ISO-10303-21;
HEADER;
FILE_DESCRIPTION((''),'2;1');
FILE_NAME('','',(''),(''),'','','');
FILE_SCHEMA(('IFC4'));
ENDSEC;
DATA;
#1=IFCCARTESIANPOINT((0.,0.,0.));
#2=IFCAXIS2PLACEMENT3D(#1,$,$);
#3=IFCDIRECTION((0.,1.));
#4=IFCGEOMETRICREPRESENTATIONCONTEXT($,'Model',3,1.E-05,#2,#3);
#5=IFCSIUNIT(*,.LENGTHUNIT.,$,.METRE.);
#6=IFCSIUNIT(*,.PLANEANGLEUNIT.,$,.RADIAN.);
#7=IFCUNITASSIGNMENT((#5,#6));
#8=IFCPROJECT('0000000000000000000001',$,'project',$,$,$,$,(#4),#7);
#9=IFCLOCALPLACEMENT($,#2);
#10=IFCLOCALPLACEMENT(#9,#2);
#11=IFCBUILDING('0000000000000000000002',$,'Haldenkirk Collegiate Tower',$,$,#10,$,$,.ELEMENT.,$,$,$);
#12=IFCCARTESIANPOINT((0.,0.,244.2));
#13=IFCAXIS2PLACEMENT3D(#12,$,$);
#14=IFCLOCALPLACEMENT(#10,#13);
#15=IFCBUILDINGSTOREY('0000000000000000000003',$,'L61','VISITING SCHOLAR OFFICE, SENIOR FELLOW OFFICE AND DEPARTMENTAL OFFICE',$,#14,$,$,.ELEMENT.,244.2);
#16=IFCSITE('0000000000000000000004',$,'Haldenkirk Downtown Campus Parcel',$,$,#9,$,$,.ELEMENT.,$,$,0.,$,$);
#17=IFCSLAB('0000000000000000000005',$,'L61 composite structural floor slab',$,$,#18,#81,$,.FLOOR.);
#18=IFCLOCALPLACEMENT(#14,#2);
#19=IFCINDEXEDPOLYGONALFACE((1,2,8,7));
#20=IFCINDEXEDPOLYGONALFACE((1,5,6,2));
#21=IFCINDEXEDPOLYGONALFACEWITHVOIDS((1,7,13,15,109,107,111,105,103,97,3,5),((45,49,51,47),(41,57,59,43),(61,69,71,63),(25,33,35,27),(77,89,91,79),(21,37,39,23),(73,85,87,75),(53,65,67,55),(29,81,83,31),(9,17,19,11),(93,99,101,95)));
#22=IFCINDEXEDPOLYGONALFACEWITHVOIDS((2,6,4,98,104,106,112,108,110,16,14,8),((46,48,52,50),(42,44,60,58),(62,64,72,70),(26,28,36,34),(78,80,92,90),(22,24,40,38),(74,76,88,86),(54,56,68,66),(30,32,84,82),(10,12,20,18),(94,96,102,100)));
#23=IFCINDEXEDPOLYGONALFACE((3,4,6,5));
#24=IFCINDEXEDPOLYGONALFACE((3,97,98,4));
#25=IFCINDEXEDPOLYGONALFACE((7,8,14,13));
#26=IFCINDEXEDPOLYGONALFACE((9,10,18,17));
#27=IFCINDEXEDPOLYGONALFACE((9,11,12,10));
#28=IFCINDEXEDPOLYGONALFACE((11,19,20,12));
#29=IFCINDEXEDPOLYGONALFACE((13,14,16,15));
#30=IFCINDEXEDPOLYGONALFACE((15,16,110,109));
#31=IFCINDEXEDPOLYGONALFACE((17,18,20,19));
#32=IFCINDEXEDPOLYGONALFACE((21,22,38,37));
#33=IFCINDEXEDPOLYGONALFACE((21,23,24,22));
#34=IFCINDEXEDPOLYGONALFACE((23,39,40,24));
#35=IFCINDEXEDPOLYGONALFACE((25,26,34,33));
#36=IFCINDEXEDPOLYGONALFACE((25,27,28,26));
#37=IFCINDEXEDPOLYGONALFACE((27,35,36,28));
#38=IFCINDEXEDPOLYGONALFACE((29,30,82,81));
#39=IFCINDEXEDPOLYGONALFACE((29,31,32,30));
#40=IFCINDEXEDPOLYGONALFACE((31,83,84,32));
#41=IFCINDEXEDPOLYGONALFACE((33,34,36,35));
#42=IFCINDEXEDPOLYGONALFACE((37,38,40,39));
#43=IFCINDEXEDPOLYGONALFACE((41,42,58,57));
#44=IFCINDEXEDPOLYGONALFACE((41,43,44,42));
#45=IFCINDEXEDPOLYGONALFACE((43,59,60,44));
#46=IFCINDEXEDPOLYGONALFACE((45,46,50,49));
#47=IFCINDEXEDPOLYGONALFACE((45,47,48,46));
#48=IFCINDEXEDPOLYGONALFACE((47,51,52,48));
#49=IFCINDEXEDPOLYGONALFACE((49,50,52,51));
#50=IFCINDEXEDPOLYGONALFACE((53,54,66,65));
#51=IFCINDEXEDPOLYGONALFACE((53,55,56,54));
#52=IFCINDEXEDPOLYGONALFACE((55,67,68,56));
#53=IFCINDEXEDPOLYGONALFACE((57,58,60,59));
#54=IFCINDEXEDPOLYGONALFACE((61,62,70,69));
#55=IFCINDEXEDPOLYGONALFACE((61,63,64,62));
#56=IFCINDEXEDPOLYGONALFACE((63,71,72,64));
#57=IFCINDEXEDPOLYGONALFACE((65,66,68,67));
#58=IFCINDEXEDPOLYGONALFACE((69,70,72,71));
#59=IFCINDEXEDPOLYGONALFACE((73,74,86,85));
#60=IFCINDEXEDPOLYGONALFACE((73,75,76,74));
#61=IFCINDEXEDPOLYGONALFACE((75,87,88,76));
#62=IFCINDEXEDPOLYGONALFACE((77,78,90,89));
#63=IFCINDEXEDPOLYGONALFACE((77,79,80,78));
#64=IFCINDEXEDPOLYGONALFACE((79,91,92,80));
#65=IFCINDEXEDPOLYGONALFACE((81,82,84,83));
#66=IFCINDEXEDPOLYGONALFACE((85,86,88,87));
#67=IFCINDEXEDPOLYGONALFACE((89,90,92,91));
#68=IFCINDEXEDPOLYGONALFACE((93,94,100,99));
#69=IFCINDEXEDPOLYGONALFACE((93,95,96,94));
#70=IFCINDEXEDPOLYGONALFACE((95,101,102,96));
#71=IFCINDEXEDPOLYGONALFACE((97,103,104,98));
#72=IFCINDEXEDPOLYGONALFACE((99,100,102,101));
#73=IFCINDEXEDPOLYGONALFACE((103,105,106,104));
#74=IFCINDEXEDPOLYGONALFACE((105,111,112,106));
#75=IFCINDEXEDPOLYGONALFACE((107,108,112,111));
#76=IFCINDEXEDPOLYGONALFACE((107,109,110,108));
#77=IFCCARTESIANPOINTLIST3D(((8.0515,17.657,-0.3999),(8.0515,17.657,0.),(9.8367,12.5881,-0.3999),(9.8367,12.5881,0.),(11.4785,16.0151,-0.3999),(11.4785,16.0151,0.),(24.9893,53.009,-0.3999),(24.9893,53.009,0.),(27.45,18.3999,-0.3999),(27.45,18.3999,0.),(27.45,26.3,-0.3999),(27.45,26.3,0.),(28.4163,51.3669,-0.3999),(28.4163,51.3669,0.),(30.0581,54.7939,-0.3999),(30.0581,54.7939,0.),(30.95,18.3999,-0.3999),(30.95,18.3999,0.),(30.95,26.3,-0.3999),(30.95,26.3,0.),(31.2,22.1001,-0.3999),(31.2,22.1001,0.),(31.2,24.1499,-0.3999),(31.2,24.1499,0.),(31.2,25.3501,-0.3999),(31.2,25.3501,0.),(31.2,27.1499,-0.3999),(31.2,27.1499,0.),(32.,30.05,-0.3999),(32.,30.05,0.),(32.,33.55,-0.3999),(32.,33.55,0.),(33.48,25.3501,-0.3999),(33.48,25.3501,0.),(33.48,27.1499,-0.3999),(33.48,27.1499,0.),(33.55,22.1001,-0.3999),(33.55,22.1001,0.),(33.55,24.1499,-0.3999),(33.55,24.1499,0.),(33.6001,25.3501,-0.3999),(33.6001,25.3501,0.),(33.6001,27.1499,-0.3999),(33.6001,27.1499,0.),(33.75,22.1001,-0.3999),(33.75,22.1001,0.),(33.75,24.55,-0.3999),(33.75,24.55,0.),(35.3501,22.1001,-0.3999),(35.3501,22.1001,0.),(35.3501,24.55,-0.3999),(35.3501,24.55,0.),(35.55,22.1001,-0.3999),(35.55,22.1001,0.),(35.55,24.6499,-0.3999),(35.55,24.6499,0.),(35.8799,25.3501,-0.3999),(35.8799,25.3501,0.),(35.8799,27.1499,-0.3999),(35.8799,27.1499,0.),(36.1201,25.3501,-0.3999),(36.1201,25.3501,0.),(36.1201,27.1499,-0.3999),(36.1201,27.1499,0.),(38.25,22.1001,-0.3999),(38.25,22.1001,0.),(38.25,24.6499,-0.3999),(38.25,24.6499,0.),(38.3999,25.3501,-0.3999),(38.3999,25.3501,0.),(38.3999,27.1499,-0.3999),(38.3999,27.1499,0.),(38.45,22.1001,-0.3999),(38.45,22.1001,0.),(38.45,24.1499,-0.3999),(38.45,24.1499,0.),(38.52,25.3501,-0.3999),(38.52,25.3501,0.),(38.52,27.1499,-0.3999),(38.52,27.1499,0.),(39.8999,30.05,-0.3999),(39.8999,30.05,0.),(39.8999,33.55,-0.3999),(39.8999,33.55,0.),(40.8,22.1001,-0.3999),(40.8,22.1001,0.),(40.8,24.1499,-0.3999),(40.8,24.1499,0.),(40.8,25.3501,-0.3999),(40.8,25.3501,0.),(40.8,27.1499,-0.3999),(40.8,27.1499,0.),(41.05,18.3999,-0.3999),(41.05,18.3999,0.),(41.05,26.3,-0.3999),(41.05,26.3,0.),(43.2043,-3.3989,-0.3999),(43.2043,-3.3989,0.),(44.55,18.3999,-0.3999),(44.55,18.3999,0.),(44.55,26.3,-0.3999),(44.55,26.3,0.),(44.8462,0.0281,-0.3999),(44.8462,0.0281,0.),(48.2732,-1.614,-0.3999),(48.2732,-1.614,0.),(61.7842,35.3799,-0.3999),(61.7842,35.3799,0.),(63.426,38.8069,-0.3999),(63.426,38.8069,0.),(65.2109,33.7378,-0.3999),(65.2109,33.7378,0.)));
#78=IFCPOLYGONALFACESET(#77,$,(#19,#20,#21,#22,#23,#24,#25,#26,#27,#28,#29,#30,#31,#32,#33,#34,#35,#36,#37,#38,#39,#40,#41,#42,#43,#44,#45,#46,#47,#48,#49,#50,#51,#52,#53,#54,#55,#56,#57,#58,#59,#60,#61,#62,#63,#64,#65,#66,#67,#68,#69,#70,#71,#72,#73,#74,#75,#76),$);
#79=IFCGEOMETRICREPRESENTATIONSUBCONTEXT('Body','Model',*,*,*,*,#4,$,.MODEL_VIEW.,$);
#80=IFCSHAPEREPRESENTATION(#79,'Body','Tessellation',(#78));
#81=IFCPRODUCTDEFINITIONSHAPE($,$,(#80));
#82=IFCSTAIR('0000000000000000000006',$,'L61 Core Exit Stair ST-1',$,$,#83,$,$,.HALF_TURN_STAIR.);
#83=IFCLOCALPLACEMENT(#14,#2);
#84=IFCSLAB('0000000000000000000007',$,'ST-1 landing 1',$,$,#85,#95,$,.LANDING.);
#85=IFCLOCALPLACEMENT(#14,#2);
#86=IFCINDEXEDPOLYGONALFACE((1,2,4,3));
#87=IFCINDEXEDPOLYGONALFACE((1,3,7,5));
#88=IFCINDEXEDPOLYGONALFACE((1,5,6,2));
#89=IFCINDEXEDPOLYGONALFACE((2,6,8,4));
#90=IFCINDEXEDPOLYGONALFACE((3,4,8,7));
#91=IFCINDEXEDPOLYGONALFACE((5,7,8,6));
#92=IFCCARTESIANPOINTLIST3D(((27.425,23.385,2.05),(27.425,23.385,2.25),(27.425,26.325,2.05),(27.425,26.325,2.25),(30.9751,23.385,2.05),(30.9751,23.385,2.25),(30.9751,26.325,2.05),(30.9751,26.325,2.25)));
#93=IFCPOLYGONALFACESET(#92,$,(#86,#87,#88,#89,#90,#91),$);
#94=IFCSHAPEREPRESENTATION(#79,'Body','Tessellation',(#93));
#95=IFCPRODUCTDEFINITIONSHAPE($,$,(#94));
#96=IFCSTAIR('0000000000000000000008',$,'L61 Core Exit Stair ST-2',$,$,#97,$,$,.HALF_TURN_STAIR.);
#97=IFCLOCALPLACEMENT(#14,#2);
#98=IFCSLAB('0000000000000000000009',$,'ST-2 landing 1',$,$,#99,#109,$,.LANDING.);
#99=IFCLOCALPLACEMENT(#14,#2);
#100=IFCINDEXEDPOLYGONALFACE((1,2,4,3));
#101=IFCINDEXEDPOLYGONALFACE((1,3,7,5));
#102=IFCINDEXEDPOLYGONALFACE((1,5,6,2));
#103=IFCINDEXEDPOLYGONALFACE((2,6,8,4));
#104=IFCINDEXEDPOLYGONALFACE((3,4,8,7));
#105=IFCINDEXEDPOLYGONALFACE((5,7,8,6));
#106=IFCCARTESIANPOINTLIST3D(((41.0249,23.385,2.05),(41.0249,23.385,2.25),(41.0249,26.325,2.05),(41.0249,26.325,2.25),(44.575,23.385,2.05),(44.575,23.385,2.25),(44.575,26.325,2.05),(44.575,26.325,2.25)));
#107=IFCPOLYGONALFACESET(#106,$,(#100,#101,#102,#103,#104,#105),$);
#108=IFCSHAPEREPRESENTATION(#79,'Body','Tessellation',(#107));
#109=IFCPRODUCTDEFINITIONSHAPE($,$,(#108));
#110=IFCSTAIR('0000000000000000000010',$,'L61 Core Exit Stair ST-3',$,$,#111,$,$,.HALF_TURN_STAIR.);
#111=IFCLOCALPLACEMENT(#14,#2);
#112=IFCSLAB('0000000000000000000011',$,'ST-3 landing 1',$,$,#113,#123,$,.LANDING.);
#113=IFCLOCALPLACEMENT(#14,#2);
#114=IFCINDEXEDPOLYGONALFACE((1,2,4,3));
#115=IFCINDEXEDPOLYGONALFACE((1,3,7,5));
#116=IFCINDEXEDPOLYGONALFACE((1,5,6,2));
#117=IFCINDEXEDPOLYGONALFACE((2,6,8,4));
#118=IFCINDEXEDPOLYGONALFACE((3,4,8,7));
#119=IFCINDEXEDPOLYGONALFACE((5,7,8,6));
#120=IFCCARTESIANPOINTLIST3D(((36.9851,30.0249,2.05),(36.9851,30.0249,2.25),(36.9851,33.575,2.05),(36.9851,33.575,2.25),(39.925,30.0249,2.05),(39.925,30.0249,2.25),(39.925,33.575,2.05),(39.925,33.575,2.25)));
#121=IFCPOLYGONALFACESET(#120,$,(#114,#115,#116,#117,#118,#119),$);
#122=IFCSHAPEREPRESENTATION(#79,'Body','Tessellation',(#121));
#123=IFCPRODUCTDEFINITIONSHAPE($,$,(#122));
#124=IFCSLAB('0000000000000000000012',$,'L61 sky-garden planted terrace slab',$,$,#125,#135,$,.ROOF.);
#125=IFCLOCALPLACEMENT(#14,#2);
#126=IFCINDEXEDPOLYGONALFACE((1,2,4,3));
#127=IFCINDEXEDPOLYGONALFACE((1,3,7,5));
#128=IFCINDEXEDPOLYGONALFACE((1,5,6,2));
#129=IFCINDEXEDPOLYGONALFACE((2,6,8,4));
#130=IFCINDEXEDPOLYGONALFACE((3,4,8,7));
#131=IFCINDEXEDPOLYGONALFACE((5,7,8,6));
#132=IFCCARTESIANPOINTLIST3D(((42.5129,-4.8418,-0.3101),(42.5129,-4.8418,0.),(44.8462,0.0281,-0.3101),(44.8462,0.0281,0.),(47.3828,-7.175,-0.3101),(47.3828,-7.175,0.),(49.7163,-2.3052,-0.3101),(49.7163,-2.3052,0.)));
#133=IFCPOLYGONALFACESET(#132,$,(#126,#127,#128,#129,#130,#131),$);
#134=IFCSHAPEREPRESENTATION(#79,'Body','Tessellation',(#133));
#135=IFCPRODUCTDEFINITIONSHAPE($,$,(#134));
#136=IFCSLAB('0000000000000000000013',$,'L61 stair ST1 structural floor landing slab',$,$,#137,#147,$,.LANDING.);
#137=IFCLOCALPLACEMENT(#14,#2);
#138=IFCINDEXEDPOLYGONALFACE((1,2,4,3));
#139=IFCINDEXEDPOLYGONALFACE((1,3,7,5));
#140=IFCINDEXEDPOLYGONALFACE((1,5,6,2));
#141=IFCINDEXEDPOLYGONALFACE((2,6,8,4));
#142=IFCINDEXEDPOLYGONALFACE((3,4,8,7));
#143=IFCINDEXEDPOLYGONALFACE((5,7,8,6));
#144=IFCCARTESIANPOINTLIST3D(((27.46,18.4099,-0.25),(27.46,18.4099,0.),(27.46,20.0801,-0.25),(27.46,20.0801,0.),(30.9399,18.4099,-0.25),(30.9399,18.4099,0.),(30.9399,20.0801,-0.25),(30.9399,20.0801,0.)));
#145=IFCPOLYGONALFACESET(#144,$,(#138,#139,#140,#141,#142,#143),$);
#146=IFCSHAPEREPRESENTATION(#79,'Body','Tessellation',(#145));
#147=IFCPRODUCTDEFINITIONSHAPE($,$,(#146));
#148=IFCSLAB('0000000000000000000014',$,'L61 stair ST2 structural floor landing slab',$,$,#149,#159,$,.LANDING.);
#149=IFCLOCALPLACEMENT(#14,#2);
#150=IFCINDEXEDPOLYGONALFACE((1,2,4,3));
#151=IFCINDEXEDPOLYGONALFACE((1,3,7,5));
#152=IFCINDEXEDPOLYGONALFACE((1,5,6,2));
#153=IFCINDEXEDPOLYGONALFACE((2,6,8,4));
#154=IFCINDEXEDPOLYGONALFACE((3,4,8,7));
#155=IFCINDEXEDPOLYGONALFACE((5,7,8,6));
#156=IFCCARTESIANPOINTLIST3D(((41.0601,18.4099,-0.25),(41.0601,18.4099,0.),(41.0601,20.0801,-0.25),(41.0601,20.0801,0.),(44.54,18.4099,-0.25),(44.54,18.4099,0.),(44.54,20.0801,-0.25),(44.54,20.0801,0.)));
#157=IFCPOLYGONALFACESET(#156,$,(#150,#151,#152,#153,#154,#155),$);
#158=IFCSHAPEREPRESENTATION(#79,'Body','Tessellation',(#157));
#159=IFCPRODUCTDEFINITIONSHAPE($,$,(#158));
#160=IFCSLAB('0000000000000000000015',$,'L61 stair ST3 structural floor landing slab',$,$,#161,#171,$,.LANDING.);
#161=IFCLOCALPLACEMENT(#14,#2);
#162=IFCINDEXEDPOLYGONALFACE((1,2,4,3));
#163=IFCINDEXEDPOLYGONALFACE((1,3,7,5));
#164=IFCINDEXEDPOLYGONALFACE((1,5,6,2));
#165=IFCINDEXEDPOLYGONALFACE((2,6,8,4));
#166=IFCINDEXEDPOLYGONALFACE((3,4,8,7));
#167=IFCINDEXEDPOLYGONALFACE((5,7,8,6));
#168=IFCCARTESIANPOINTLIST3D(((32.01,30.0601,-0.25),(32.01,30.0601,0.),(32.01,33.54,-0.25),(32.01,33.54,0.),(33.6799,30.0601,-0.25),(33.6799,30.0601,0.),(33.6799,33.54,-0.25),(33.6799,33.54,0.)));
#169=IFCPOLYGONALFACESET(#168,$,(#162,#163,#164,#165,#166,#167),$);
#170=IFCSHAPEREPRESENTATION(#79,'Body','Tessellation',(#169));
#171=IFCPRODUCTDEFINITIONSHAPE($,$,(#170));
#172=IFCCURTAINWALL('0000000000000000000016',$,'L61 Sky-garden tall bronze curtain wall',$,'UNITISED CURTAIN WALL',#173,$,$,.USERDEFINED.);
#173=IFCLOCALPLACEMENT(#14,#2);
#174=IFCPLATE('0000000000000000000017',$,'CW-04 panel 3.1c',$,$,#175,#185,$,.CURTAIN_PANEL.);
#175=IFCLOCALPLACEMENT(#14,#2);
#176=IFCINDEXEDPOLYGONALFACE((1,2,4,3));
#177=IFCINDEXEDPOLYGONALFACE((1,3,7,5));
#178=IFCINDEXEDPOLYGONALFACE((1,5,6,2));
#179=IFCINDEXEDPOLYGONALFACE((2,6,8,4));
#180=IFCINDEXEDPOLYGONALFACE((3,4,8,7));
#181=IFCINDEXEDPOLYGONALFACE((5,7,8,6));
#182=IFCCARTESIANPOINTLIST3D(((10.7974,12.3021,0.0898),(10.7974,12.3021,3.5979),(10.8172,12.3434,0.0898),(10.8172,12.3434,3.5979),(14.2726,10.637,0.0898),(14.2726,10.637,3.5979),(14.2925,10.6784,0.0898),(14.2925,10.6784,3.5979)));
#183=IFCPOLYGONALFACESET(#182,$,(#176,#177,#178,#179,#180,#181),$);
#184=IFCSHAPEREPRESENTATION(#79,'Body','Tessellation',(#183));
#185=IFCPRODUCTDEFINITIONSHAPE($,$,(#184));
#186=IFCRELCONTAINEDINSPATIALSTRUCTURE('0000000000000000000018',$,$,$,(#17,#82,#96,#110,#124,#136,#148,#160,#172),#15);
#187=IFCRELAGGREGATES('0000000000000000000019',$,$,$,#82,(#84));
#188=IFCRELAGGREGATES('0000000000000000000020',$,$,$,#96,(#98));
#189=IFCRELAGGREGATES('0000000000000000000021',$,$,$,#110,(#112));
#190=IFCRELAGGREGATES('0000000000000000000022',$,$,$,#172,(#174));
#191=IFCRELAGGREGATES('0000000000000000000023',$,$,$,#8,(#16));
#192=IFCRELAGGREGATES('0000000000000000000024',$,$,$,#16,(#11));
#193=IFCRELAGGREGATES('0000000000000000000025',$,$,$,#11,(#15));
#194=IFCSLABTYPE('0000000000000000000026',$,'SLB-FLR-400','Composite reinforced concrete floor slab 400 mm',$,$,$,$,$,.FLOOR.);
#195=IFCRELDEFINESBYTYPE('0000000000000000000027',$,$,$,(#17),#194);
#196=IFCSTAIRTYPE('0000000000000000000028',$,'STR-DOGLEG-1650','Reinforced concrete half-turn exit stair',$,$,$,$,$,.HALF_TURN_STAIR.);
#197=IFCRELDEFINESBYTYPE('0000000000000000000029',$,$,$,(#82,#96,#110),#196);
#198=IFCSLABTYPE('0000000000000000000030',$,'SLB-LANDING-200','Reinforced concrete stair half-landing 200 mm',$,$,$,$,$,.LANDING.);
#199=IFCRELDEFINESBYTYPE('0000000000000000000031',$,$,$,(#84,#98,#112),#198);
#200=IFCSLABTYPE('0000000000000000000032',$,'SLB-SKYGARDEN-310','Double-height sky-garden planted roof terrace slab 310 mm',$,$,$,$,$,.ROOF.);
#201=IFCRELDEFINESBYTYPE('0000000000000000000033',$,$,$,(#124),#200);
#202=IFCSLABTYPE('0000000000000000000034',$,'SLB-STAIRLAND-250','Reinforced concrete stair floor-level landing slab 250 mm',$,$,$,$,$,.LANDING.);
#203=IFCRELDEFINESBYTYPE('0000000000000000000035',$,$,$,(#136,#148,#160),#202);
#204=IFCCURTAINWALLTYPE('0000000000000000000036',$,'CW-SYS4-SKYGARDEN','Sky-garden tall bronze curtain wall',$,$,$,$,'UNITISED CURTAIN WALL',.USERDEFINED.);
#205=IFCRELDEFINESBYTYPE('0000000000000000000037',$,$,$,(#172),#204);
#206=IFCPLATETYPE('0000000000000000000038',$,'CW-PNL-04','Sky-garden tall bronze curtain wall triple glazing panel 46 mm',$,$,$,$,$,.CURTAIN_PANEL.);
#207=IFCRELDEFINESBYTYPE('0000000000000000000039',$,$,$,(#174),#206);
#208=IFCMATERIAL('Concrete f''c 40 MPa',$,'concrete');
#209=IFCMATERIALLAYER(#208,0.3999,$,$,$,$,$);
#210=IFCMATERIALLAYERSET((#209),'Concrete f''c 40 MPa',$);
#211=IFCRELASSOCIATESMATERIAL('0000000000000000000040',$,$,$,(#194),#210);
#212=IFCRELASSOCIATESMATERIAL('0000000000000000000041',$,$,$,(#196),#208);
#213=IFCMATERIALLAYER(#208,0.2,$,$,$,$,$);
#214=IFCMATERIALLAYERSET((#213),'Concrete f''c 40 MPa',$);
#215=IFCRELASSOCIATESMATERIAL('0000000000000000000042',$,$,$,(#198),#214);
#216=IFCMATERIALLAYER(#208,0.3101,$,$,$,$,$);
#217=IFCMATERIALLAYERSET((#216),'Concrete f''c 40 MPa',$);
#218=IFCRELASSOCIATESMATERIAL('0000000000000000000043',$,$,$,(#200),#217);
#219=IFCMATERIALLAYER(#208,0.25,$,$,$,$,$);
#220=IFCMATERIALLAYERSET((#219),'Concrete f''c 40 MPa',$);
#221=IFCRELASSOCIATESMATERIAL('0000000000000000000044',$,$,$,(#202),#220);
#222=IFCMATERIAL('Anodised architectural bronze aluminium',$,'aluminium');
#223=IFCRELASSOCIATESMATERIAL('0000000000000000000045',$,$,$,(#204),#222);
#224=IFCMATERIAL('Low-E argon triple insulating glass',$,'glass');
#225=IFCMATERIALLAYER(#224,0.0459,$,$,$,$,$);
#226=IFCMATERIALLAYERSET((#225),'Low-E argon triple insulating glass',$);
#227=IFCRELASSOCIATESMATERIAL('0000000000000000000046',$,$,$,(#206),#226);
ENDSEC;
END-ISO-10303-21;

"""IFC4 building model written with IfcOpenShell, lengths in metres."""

from ifc_helpers import new_model, si_unit, direction, frame, origin, origin_2d, place, context, subcontext, project, spatial, polyline, rectangle, outline, extrude, source, transform, mapped, material, layer, layer_set, type_object, element, aggregate, save


model = new_model("IFC4")

# Units and contexts
model_context = context("Model", 3, precision=1e-05, world=origin(), true_north=direction((0.0, 1.0)))
body_context = subcontext(model_context, "Body", "Model", "MODEL_VIEW")
ifc_project = project(units=[si_unit("LENGTHUNIT", "METRE"), si_unit("PLANEANGLEUNIT", "RADIAN")], contexts=[model_context])

# Site, building, storey
site_placement = place(None, origin())
site = spatial("IfcSite", under=ifc_project, at=site_placement, Name="Haldenkirk Downtown Campus Parcel", CompositionType="ELEMENT", RefElevation=0.0)
building_placement = place(site_placement, origin())
building = spatial("IfcBuilding", under=site, at=building_placement, Name="Haldenkirk Collegiate Tower", CompositionType="ELEMENT")
storey_placement = place(building_placement, frame((0.0, 0.0, 244.2)))
storey = spatial("IfcBuildingStorey", under=building, at=storey_placement, Name="L61", Description="VISITING SCHOLAR OFFICE, SENIOR FELLOW OFFICE AND DEPARTMENTAL OFFICE", CompositionType="ELEMENT", Elevation=244.2)

# Slab
ifc_material_1 = material(Name="Concrete f'c 40 MPa", Category="concrete")
ifc_layer_1 = layer(ifc_material_1, 0.3999)
ifc_layer_set_1 = layer_set([ifc_layer_1], Name="Concrete f'c 40 MPa")
slab_type_1 = type_object("IfcSlabType", Name="SLB-FLR-400", Description="Composite reinforced concrete floor slab 400 mm", PredefinedType="FLOOR", material=ifc_layer_set_1)
slab_1_placement = place(storey_placement, frame((0.0, 0.0, -0.3999)))
element("IfcSlab", 1, at=slab_1_placement, inside=storey, type_object=slab_type_1, Name="L61 composite structural floor slab", PredefinedType="FLOOR", context=body_context, shape_type="SweptSolid", body=[
    extrude(outline(polyline([(48.2732, -1.614), (65.2109, 33.7378), (61.7842, 35.3799), (63.426, 38.8069), (30.0581, 54.7939), (28.4163, 51.3669), (24.9893, 53.009), (8.0515, 17.657), (11.4785, 16.0151), (9.8367, 12.5881), (43.2043, -3.3989), (44.8462, 0.0281), (48.2732, -1.614)]), holes=[polyline([(27.45, 18.3999), (30.95, 18.3999), (30.95, 26.3), (27.45, 26.3), (27.45, 18.3999)]), polyline([(41.05, 18.3999), (44.55, 18.3999), (44.55, 26.3), (41.05, 26.3), (41.05, 18.3999)]), polyline([(32.0, 30.05), (39.8999, 30.05), (39.8999, 33.55), (32.0, 33.55), (32.0, 30.05)]), polyline([(33.75, 22.1001), (35.3501, 22.1001), (35.3501, 24.55), (33.75, 24.55), (33.75, 22.1001)]), polyline([(31.2, 25.3501), (33.48, 25.3501), (33.48, 27.1499), (31.2, 27.1499), (31.2, 25.3501)]), polyline([(33.6001, 25.3501), (35.8799, 25.3501), (35.8799, 27.1499), (33.6001, 27.1499), (33.6001, 25.3501)]), polyline([(36.1201, 25.3501), (38.3999, 25.3501), (38.3999, 27.1499), (36.1201, 27.1499), (36.1201, 25.3501)]), polyline([(38.52, 25.3501), (40.8, 25.3501), (40.8, 27.1499), (38.52, 27.1499), (38.52, 25.3501)]), polyline([(31.2, 22.1001), (33.55, 22.1001), (33.55, 24.1499), (31.2, 24.1499), (31.2, 22.1001)]), polyline([(38.45, 22.1001), (40.8, 22.1001), (40.8, 24.1499), (38.45, 24.1499), (38.45, 22.1001)]), polyline([(35.55, 22.1001), (38.25, 22.1001), (38.25, 24.6499), (35.55, 24.6499), (35.55, 22.1001)])]), origin(), (0.0, 0.0, 1.0), 0.3999),
])

# Stairs, slabs
stair_type = type_object("IfcStairType", Name="STR-DOGLEG-1650", Description="Reinforced concrete half-turn exit stair", PredefinedType="HALF_TURN_STAIR", material=ifc_material_1)
stair_1_placement = place(storey_placement, origin())
stair_1 = element("IfcStair", 2, at=stair_1_placement, inside=storey, type_object=stair_type, Name="L61 Core Exit Stair ST-1", PredefinedType="HALF_TURN_STAIR")
ifc_layer_2 = layer(ifc_material_1, 0.2)
ifc_layer_set_2 = layer_set([ifc_layer_2], Name="Concrete f'c 40 MPa")
slab_type_2 = type_object("IfcSlabType", Name="SLB-LANDING-200", Description="Reinforced concrete stair half-landing 200 mm", PredefinedType="LANDING", material=ifc_layer_set_2)
slab_2_placement = place(storey_placement, frame((0.0, 0.0, 2.05)))
slab_2 = element("IfcSlab", 3, at=slab_2_placement, type_object=slab_type_2, Name="ST-1 landing 1", PredefinedType="LANDING", context=body_context, shape_type="SweptSolid", body=[
    extrude(outline(polyline([(30.9751, 23.385), (27.425, 23.385), (27.425, 26.325), (30.9751, 26.325), (30.9751, 23.385)])), origin(), (0.0, 0.0, 1.0), 0.2),
])
aggregate(stair_1, [slab_2])
stair_2_placement = place(storey_placement, origin())
stair_2 = element("IfcStair", 4, at=stair_2_placement, inside=storey, type_object=stair_type, Name="L61 Core Exit Stair ST-2", PredefinedType="HALF_TURN_STAIR")
slab_3_placement = place(storey_placement, frame((0.0, 0.0, 2.05)))
slab_3 = element("IfcSlab", 5, at=slab_3_placement, type_object=slab_type_2, Name="ST-2 landing 1", PredefinedType="LANDING", context=body_context, shape_type="SweptSolid", body=[
    extrude(outline(polyline([(44.575, 23.385), (41.0249, 23.385), (41.0249, 26.325), (44.575, 26.325), (44.575, 23.385)])), origin(), (0.0, 0.0, 1.0), 0.2),
])
aggregate(stair_2, [slab_3])
stair_3_placement = place(storey_placement, origin())
stair_3 = element("IfcStair", 6, at=stair_3_placement, inside=storey, type_object=stair_type, Name="L61 Core Exit Stair ST-3", PredefinedType="HALF_TURN_STAIR")
slab_4_placement = place(storey_placement, frame((0.0, 0.0, 2.05)))
slab_4 = element("IfcSlab", 7, at=slab_4_placement, type_object=slab_type_2, Name="ST-3 landing 1", PredefinedType="LANDING", context=body_context, shape_type="SweptSolid", body=[
    extrude(outline(polyline([(36.9851, 30.0249), (36.9851, 33.575), (39.925, 33.575), (39.925, 30.0249), (36.9851, 30.0249)])), origin(), (0.0, 0.0, 1.0), 0.2),
])
aggregate(stair_3, [slab_4])

# Slabs
ifc_layer_3 = layer(ifc_material_1, 0.3101)
ifc_layer_set_3 = layer_set([ifc_layer_3], Name="Concrete f'c 40 MPa")
slab_type_3 = type_object("IfcSlabType", Name="SLB-SKYGARDEN-310", Description="Double-height sky-garden planted roof terrace slab 310 mm", PredefinedType="ROOF", material=ifc_layer_set_3)
slab_5_placement = place(storey_placement, frame((0.0, 0.0, -0.3101)))
element("IfcSlab", 8, at=slab_5_placement, inside=storey, type_object=slab_type_3, Name="L61 sky-garden planted terrace slab", PredefinedType="ROOF", context=body_context, shape_type="SweptSolid", body=[
    extrude(outline(polyline([(47.3828, -7.175), (49.7163, -2.3052), (44.8462, 0.0281), (42.5129, -4.8418), (47.3828, -7.175)])), origin(), (0.0, 0.0, 1.0), 0.3101),
])
ifc_layer_4 = layer(ifc_material_1, 0.25)
ifc_layer_set_4 = layer_set([ifc_layer_4], Name="Concrete f'c 40 MPa")
slab_type_4 = type_object("IfcSlabType", Name="SLB-STAIRLAND-250", Description="Reinforced concrete stair floor-level landing slab 250 mm", PredefinedType="LANDING", material=ifc_layer_set_4)
slab_6_placement = place(storey_placement, frame((0.0, 0.0, -0.25)))
element("IfcSlab", 9, at=slab_6_placement, inside=storey, type_object=slab_type_4, Name="L61 stair ST1 structural floor landing slab", PredefinedType="LANDING", context=body_context, shape_type="SweptSolid", body=[
    extrude(outline(polyline([(27.46, 18.4099), (30.9399, 18.4099), (30.9399, 20.0801), (27.46, 20.0801), (27.46, 18.4099)])), origin(), (0.0, 0.0, 1.0), 0.25),
])
slab_7_placement = place(storey_placement, frame((0.0, 0.0, -0.25)))
element("IfcSlab", 10, at=slab_7_placement, inside=storey, type_object=slab_type_4, Name="L61 stair ST2 structural floor landing slab", PredefinedType="LANDING", context=body_context, shape_type="SweptSolid", body=[
    extrude(outline(polyline([(41.0601, 18.4099), (44.54, 18.4099), (44.54, 20.0801), (41.0601, 20.0801), (41.0601, 18.4099)])), origin(), (0.0, 0.0, 1.0), 0.25),
])
slab_8_placement = place(storey_placement, frame((0.0, 0.0, -0.25)))
element("IfcSlab", 11, at=slab_8_placement, inside=storey, type_object=slab_type_4, Name="L61 stair ST3 structural floor landing slab", PredefinedType="LANDING", context=body_context, shape_type="SweptSolid", body=[
    extrude(outline(polyline([(32.01, 30.0601), (33.6799, 30.0601), (33.6799, 33.54), (32.01, 33.54), (32.01, 30.0601)])), origin(), (0.0, 0.0, 1.0), 0.25),
])

# Curtain wall, plate
ifc_material_2 = material(Name="Anodised architectural bronze aluminium", Category="aluminium")
curtain_wall_type = type_object("IfcCurtainWallType", Name="CW-SYS4-SKYGARDEN", Description="Sky-garden tall bronze curtain wall", ElementType="UNITISED CURTAIN WALL", PredefinedType="USERDEFINED", material=ifc_material_2)
curtain_wall_placement = place(storey_placement, origin())
curtain_wall = element("IfcCurtainWall", 12, at=curtain_wall_placement, inside=storey, type_object=curtain_wall_type, Name="L61 Sky-garden tall bronze curtain wall", ObjectType="UNITISED CURTAIN WALL", PredefinedType="USERDEFINED")
ifc_material_3 = material(Name="Low-E argon triple insulating glass", Category="glass")
ifc_layer_5 = layer(ifc_material_3, 0.0459)
ifc_layer_set_5 = layer_set([ifc_layer_5], Name="Low-E argon triple insulating glass")
plate_type = type_object("IfcPlateType", Name="CW-PNL-04", Description="Sky-garden tall bronze curtain wall triple glazing panel 46 mm", PredefinedType="CURTAIN_PANEL", material=ifc_layer_set_5)
shared_shape = source(origin(), body_context, "Body", "SweptSolid", [
    extrude(rectangle(XDim=3.8535, YDim=0.0459, at=origin_2d()), origin(), (0.0, 0.0, 1.0), 3.5081),
])
plate_placement = place(storey_placement, frame((12.5449, 11.4902, 0.0898), z_axis=(0.0, 0.0, 1.0), x_axis=(-0.901834, 0.432082, 0.0)))
plate = element("IfcPlate", 13, at=plate_placement, type_object=plate_type, Name="CW-04 panel 3.1c", PredefinedType="CURTAIN_PANEL", context=body_context, shape_type="MappedRepresentation", body=[
    mapped(shared_shape, transform((0.0, 0.0, 0.0), x_axis=(1.0, 0.0, 0.0), y_axis=(0.0, 1.0, 0.0), z_axis=(0.0, 0.0, 1.0), scale=1.0)),
])
aggregate(curtain_wall, [plate])

save(model, "model.ifc")
